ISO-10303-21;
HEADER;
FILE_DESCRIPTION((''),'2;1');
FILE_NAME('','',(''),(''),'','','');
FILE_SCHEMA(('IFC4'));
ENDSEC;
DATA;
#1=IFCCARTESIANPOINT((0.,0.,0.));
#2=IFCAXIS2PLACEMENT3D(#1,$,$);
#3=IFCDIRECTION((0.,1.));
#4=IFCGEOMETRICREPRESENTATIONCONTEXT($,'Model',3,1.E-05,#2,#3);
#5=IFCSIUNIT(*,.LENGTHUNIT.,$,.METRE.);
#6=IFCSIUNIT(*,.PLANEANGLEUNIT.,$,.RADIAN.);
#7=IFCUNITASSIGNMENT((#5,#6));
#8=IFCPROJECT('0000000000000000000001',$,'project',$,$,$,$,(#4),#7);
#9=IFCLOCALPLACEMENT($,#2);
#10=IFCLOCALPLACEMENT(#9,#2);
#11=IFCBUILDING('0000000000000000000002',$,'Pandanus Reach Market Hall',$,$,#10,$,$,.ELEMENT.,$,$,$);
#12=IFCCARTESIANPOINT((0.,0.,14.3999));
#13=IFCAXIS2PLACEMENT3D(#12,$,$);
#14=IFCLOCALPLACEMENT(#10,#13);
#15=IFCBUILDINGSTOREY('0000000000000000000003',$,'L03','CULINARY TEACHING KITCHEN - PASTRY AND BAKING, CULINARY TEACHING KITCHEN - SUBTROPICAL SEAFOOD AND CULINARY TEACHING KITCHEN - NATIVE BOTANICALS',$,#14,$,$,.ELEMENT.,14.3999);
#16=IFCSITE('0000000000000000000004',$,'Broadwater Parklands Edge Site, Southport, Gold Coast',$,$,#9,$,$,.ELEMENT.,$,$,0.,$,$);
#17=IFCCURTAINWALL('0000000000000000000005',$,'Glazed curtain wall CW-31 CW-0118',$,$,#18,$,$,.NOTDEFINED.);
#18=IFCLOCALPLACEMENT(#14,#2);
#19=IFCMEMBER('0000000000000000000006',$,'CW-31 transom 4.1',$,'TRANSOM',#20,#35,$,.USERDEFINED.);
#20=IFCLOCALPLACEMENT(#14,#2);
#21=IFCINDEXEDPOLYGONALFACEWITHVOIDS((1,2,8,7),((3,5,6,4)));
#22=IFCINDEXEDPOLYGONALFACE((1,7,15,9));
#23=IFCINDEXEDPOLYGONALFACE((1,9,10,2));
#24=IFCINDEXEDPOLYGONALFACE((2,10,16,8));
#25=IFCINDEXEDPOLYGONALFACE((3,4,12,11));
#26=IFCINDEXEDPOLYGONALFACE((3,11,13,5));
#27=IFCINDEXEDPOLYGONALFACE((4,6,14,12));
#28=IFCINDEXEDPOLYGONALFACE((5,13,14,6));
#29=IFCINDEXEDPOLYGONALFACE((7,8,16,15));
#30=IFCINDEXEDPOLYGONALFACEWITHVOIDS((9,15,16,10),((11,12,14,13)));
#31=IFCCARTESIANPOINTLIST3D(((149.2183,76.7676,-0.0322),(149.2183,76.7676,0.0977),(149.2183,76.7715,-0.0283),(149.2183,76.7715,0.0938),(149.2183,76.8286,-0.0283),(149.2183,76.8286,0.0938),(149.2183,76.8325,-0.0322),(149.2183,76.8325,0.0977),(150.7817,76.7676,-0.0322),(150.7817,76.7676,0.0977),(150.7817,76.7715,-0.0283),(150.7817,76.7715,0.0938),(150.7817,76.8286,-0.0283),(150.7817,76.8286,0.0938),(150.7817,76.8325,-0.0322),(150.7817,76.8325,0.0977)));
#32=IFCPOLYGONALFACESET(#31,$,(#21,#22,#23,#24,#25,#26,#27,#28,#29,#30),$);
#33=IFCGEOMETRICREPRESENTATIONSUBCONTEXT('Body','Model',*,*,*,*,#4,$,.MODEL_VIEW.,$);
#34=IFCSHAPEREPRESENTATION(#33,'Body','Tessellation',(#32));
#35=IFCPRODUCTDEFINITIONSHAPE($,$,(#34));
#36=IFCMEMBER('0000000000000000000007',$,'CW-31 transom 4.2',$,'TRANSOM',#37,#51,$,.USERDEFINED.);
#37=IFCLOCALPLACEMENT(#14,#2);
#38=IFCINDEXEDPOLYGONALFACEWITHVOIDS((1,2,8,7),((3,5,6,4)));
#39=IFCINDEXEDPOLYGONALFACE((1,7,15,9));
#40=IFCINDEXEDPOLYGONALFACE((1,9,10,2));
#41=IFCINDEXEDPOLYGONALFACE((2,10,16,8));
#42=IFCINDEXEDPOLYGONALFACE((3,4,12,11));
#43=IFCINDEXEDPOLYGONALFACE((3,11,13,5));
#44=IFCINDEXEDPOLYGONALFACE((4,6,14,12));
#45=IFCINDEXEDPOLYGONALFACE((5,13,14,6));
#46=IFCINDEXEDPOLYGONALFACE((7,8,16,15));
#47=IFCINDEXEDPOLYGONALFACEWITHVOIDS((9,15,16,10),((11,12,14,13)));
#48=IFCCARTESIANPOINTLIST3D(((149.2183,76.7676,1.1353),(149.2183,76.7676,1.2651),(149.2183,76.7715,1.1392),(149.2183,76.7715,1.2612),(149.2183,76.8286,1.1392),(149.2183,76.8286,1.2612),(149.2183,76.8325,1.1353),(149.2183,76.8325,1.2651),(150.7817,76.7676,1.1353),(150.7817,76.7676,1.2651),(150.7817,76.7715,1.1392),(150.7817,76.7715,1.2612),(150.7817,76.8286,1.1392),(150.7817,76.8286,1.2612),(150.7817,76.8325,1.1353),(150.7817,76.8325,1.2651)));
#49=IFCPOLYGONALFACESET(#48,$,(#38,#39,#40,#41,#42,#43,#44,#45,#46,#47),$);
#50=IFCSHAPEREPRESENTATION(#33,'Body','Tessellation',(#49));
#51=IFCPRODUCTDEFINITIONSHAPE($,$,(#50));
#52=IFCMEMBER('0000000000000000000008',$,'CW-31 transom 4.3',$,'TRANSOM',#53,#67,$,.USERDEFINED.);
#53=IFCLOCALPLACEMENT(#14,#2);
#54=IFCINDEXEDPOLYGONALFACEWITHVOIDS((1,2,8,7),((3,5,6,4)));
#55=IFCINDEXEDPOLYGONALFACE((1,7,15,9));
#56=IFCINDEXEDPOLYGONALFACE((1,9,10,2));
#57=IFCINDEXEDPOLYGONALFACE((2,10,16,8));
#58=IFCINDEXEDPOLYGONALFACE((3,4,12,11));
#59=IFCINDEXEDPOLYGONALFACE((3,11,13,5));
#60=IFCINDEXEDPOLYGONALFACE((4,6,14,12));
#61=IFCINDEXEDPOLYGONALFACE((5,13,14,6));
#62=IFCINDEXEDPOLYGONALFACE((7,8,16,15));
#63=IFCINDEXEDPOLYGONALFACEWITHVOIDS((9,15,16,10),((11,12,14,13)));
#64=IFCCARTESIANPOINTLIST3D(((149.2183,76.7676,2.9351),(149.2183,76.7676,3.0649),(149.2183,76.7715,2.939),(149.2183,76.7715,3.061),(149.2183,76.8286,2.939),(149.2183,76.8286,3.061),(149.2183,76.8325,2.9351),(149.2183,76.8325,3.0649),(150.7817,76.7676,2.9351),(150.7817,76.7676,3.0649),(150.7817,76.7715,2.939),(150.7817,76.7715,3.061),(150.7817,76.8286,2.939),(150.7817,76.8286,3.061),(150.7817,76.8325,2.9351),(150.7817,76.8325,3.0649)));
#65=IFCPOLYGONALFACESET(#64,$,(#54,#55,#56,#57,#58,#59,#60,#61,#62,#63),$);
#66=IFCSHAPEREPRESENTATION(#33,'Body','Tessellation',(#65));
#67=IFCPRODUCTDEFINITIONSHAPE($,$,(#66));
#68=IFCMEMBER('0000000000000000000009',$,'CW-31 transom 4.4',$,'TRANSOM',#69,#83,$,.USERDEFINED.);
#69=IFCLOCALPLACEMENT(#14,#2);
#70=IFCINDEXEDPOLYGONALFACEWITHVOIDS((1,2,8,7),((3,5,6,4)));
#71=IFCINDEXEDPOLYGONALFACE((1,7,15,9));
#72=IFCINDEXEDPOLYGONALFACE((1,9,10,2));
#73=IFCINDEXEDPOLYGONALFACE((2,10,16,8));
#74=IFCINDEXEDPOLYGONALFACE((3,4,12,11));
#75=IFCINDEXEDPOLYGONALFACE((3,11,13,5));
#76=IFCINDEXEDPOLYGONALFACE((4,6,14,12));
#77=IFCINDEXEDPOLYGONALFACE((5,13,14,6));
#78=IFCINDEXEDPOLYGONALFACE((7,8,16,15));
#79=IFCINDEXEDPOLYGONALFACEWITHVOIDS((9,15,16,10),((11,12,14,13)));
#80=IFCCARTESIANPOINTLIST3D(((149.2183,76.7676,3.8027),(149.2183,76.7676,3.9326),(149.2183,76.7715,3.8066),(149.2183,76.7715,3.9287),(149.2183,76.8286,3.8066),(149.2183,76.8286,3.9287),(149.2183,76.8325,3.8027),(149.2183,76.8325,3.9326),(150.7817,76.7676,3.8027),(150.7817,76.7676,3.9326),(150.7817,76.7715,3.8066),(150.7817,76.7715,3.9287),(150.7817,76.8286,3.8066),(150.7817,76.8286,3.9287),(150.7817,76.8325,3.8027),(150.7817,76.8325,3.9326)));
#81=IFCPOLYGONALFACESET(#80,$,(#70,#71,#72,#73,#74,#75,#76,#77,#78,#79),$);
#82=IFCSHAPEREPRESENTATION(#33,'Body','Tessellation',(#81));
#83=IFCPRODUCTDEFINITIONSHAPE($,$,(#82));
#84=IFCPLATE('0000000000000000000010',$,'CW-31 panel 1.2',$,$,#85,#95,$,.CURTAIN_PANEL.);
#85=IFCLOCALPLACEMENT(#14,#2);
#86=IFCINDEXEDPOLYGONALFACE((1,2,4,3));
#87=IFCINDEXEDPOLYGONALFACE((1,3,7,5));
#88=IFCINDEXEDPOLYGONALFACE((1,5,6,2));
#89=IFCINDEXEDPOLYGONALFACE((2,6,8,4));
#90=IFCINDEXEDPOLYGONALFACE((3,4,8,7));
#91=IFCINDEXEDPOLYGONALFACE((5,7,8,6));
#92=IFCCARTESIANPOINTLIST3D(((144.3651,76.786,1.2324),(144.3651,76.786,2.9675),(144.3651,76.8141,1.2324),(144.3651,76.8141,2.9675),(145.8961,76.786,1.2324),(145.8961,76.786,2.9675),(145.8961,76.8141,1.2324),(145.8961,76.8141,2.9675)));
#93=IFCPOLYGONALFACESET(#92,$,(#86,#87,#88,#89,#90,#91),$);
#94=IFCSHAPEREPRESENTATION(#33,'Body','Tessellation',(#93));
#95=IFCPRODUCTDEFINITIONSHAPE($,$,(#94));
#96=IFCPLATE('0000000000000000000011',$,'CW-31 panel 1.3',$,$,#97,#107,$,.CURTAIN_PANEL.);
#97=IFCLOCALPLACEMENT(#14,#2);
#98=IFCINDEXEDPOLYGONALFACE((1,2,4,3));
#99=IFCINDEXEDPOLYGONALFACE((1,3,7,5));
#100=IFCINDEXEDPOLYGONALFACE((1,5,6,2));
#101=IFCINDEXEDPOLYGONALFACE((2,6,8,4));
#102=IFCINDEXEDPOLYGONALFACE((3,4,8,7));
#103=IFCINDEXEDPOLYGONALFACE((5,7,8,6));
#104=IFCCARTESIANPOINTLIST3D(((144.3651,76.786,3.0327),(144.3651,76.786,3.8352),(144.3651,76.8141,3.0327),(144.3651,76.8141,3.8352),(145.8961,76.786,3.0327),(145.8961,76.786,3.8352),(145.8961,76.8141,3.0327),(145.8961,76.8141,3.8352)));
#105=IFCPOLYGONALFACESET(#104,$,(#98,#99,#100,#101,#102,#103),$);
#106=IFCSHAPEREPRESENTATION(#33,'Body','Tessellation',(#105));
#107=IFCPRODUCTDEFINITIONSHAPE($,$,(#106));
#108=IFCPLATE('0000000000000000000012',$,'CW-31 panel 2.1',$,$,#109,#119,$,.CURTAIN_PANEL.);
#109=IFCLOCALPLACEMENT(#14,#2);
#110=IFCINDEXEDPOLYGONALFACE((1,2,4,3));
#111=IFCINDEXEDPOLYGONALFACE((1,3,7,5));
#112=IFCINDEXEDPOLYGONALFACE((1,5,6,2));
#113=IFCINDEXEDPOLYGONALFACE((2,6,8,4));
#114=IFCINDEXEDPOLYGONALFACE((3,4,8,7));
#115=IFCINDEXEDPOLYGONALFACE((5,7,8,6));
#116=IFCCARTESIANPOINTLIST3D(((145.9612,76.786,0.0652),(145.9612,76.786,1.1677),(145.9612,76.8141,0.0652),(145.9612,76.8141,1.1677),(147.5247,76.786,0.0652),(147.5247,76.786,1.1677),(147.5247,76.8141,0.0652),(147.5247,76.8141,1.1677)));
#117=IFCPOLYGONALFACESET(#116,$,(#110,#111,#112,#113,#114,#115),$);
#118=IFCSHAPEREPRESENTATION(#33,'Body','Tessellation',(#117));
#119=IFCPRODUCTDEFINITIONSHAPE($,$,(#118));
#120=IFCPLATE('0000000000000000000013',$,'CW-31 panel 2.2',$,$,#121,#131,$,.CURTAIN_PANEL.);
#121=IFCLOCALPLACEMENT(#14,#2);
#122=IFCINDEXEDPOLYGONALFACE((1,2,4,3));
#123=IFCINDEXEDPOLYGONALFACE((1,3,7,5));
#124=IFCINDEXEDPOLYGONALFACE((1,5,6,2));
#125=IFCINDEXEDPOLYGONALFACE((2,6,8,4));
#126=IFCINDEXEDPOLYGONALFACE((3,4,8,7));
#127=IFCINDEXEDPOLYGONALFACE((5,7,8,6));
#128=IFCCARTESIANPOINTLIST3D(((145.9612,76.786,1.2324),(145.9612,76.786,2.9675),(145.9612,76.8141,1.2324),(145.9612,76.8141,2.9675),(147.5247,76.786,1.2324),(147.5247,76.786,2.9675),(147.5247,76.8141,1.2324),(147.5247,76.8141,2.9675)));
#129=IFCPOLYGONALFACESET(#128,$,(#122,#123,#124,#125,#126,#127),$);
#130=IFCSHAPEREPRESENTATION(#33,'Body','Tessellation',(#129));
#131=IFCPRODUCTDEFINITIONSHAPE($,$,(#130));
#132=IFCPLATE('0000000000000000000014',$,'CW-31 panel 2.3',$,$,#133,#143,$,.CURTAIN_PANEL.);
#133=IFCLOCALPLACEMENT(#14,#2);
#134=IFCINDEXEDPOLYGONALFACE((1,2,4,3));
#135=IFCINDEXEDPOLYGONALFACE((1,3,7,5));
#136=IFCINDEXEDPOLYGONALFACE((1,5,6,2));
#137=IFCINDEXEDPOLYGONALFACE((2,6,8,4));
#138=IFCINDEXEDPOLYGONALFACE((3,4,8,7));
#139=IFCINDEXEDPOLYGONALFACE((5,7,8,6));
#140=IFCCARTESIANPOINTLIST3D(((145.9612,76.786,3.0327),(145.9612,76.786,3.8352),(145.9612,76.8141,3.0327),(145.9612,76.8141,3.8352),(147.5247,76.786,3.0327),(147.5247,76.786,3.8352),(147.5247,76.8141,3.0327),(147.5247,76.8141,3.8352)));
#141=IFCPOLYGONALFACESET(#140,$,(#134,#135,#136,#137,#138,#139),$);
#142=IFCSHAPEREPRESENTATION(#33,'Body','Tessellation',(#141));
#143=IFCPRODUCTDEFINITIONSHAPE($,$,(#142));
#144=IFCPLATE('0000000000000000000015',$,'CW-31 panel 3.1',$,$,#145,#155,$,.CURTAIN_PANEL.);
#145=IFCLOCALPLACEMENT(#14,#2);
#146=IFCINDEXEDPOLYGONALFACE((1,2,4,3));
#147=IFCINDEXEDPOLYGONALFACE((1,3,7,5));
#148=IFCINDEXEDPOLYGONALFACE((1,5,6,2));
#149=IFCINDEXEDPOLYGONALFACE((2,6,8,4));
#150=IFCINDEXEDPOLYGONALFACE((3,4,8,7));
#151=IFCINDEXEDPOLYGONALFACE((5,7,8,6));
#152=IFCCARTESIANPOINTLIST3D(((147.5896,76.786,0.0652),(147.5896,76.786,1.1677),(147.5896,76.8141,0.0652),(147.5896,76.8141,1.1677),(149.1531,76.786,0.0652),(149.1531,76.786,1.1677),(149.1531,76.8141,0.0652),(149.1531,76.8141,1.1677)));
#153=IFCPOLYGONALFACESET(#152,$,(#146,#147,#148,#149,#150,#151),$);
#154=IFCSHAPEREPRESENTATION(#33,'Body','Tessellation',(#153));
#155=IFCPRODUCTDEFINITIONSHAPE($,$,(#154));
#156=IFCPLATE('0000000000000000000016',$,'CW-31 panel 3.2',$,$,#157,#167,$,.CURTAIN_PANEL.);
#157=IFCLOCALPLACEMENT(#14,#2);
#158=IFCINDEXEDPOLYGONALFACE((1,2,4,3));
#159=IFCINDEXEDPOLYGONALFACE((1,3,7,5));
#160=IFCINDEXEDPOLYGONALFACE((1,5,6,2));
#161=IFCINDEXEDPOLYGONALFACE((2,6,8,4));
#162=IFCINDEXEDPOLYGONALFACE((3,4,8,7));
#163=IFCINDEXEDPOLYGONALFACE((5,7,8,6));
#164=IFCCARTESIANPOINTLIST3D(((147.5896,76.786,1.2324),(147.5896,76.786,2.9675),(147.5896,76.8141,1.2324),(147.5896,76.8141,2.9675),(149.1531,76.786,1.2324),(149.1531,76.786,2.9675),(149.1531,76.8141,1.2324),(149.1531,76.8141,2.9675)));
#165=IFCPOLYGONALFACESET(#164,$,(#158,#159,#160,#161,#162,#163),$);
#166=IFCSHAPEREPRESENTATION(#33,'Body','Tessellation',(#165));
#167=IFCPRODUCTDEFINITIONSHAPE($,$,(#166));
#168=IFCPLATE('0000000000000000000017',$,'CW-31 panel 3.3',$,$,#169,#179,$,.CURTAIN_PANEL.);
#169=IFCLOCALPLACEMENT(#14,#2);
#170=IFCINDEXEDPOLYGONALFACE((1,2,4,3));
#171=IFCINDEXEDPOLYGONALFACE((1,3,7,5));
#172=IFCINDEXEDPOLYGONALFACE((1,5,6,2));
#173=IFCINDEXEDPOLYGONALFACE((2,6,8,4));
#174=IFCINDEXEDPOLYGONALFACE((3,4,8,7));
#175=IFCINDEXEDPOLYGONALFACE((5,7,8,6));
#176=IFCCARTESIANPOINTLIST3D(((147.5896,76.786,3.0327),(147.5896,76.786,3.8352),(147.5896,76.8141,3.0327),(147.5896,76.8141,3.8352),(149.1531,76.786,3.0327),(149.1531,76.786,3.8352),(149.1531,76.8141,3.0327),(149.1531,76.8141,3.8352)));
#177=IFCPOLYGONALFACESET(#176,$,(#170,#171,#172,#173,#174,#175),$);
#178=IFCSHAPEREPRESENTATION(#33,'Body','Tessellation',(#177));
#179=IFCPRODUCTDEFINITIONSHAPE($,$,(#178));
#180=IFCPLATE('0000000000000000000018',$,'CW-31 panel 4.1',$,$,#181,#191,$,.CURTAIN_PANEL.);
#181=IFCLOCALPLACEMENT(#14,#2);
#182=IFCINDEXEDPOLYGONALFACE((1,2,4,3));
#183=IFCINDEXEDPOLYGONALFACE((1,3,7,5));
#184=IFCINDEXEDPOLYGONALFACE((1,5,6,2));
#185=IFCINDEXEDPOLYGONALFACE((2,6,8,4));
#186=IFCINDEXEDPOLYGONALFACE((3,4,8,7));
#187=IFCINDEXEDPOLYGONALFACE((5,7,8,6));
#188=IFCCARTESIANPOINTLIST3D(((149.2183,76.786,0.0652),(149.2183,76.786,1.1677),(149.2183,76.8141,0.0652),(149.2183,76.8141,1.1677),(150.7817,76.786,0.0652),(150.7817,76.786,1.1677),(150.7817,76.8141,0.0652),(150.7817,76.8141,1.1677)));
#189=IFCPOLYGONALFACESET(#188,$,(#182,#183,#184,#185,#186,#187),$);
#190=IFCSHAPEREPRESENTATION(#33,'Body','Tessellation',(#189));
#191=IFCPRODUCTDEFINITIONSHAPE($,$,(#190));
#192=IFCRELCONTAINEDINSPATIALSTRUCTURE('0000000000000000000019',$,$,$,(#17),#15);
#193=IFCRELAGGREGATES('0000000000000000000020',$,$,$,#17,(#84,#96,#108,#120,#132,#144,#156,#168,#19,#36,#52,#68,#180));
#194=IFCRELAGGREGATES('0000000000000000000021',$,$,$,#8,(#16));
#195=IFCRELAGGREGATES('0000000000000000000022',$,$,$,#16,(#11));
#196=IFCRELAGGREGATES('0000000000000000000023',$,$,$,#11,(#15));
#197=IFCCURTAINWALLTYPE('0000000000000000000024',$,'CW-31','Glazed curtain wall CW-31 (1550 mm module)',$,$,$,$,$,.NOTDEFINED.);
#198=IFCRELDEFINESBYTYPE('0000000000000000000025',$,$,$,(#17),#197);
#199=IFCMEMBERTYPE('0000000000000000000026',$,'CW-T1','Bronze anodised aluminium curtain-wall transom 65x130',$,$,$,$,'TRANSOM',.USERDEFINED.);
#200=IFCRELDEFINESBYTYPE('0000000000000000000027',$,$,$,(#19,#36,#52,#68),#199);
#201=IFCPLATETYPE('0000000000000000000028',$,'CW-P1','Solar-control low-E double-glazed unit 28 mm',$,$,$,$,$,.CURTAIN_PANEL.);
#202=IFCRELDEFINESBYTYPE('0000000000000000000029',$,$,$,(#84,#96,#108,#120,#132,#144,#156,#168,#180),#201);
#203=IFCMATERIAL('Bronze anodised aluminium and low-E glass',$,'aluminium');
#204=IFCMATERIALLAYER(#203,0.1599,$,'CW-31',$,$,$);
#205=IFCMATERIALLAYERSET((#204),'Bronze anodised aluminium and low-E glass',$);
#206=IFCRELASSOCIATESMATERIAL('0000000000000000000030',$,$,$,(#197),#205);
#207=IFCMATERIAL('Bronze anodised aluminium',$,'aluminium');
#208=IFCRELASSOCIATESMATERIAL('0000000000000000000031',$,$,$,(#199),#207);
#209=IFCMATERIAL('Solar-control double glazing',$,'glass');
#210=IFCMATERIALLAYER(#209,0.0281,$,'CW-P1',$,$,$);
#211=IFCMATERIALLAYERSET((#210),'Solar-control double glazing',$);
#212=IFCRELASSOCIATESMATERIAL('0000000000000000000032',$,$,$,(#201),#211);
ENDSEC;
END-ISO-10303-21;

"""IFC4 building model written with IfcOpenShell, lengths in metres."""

from ifc_helpers import new_model, si_unit, direction, frame, origin, origin_2d, place, context, subcontext, project, spatial, rectangle, hollow_rectangle, extrude, material, layer, layer_set, material_profile, profile_set, type_object, element, aggregate, save


model = new_model("IFC4")

# Units and contexts
model_context = context("Model", 3, precision=1e-05, world=origin(), true_north=direction((0.0, 1.0)))
body_context = subcontext(model_context, "Body", "Model", "MODEL_VIEW")
ifc_project = project(units=[si_unit("LENGTHUNIT", "METRE"), si_unit("PLANEANGLEUNIT", "RADIAN")], contexts=[model_context])

# Site, building, storey
site_placement = place(None, origin())
site = spatial("IfcSite", under=ifc_project, at=site_placement, Name="Broadwater Parklands Edge Site, Southport, Gold Coast", CompositionType="ELEMENT", RefElevation=0.0)
building_placement = place(site_placement, origin())
building = spatial("IfcBuilding", under=site, at=building_placement, Name="Pandanus Reach Market Hall", CompositionType="ELEMENT")
storey_placement = place(building_placement, frame((0.0, 0.0, 14.3999)))
storey = spatial("IfcBuildingStorey", under=building, at=storey_placement, Name="L03", Description="CULINARY TEACHING KITCHEN - PASTRY AND BAKING, CULINARY TEACHING KITCHEN - SUBTROPICAL SEAFOOD AND CULINARY TEACHING KITCHEN - NATIVE BOTANICALS", CompositionType="ELEMENT", Elevation=14.3999)

# Curtain wall, members, plates
ifc_material_1 = material(Name="Bronze anodised aluminium and low-E glass", Category="aluminium")
ifc_layer_1 = layer(ifc_material_1, 0.1599, Name="CW-31")
ifc_layer_set_1 = layer_set([ifc_layer_1], Name="Bronze anodised aluminium and low-E glass")
curtain_wall_type = type_object("IfcCurtainWallType", Name="CW-31", Description="Glazed curtain wall CW-31 (1550 mm module)", PredefinedType="NOTDEFINED", material=ifc_layer_set_1)
curtain_wall_placement = place(storey_placement, origin())
curtain_wall = element("IfcCurtainWall", 1, at=curtain_wall_placement, inside=storey, type_object=curtain_wall_type, Name="Glazed curtain wall CW-31 CW-0118", PredefinedType="NOTDEFINED")
ifc_material_2 = material(Name="Bronze anodised aluminium", Category="aluminium")
ifc_material_profile_1 = material_profile(ifc_material_2, hollow_rectangle(XDim=0.0649, YDim=0.1299, WallThickness=0.0039, at=origin_2d()), Name="ALU65x130", Category="LoadBearing")
ifc_profile_set_1 = profile_set([ifc_material_profile_1], Name="Bronze anodised aluminium")
member_type_1 = type_object("IfcMemberType", Name="CW-T1", Description="Bronze anodised aluminium curtain-wall transom 65x130", ElementType="TRANSOM", PredefinedType="USERDEFINED", material=ifc_profile_set_1)
member_1_placement = place(storey_placement, frame((149.2183, 76.8, 0.0327), z_axis=(1.0, 0.0, 0.0), x_axis=(0.0, 1.0, 0.0)))
member_1 = element("IfcMember", 2, at=member_1_placement, type_object=member_type_1, Name="CW-31 transom 4.1", ObjectType="TRANSOM", PredefinedType="USERDEFINED", context=body_context, shape_type="SweptSolid", body=[
    extrude(hollow_rectangle(XDim=0.0649, YDim=0.1299, WallThickness=0.0039, at=origin_2d()), origin(), (0.0, 0.0, 1.0), 1.5635),
])
member_2_placement = place(storey_placement, frame((149.2183, 76.8, 1.2002), z_axis=(1.0, 0.0, 0.0), x_axis=(0.0, 1.0, 0.0)))
member_2 = element("IfcMember", 3, at=member_2_placement, type_object=member_type_1, Name="CW-31 transom 4.2", ObjectType="TRANSOM", PredefinedType="USERDEFINED", context=body_context, shape_type="SweptSolid", body=[
    extrude(hollow_rectangle(XDim=0.0649, YDim=0.1299, WallThickness=0.0039, at=origin_2d()), origin(), (0.0, 0.0, 1.0), 1.5635),
])
member_3_placement = place(storey_placement, frame((149.2183, 76.8, 3.0), z_axis=(1.0, 0.0, 0.0), x_axis=(0.0, 1.0, 0.0)))
member_3 = element("IfcMember", 4, at=member_3_placement, type_object=member_type_1, Name="CW-31 transom 4.3", ObjectType="TRANSOM", PredefinedType="USERDEFINED", context=body_context, shape_type="SweptSolid", body=[
    extrude(hollow_rectangle(XDim=0.0649, YDim=0.1299, WallThickness=0.0039, at=origin_2d()), origin(), (0.0, 0.0, 1.0), 1.5635),
])
member_4_placement = place(storey_placement, frame((149.2183, 76.8, 3.8677), z_axis=(1.0, 0.0, 0.0), x_axis=(0.0, 1.0, 0.0)))
member_4 = element("IfcMember", 5, at=member_4_placement, type_object=member_type_1, Name="CW-31 transom 4.4", ObjectType="TRANSOM", PredefinedType="USERDEFINED", context=body_context, shape_type="SweptSolid", body=[
    extrude(hollow_rectangle(XDim=0.0649, YDim=0.1299, WallThickness=0.0039, at=origin_2d()), origin(), (0.0, 0.0, 1.0), 1.5635),
])
ifc_material_3 = material(Name="Solar-control double glazing", Category="glass")
ifc_layer_2 = layer(ifc_material_3, 0.0281, Name="CW-P1")
ifc_layer_set_2 = layer_set([ifc_layer_2], Name="Solar-control double glazing")
plate_type = type_object("IfcPlateType", Name="CW-P1", Description="Solar-control low-E double-glazed unit 28 mm", PredefinedType="CURTAIN_PANEL", material=ifc_layer_set_2)
plate_1_placement = place(storey_placement, frame((145.1306, 76.8, 1.2324), z_axis=(0.0, 0.0, 1.0), x_axis=(1.0, 0.0, 0.0)))
plate_1 = element("IfcPlate", 6, at=plate_1_placement, type_object=plate_type, Name="CW-31 panel 1.2", PredefinedType="CURTAIN_PANEL", context=body_context, shape_type="SweptSolid", body=[
    extrude(rectangle(XDim=1.531, YDim=0.0281, at=origin_2d()), origin(), (0.0, 0.0, 1.0), 1.7351),
])
plate_2_placement = place(storey_placement, frame((145.1306, 76.8, 3.0327), z_axis=(0.0, 0.0, 1.0), x_axis=(1.0, 0.0, 0.0)))
plate_2 = element("IfcPlate", 7, at=plate_2_placement, type_object=plate_type, Name="CW-31 panel 1.3", PredefinedType="CURTAIN_PANEL", context=body_context, shape_type="SweptSolid", body=[
    extrude(rectangle(XDim=1.531, YDim=0.0281, at=origin_2d()), origin(), (0.0, 0.0, 1.0), 0.8025),
])
plate_3_placement = place(storey_placement, frame((146.7429, 76.8, 0.0652), z_axis=(0.0, 0.0, 1.0), x_axis=(1.0, 0.0, 0.0)))
plate_3 = element("IfcPlate", 8, at=plate_3_placement, type_object=plate_type, Name="CW-31 panel 2.1", PredefinedType="CURTAIN_PANEL", context=body_context, shape_type="SweptSolid", body=[
    extrude(rectangle(XDim=1.5635, YDim=0.0281, at=origin_2d()), origin(), (0.0, 0.0, 1.0), 1.1025),
])
plate_4_placement = place(storey_placement, frame((146.7429, 76.8, 1.2324), z_axis=(0.0, 0.0, 1.0), x_axis=(1.0, 0.0, 0.0)))
plate_4 = element("IfcPlate", 9, at=plate_4_placement, type_object=plate_type, Name="CW-31 panel 2.2", PredefinedType="CURTAIN_PANEL", context=body_context, shape_type="SweptSolid", body=[
    extrude(rectangle(XDim=1.5635, YDim=0.0281, at=origin_2d()), origin(), (0.0, 0.0, 1.0), 1.7351),
])
plate_5_placement = place(storey_placement, frame((146.7429, 76.8, 3.0327), z_axis=(0.0, 0.0, 1.0), x_axis=(1.0, 0.0, 0.0)))
plate_5 = element("IfcPlate", 10, at=plate_5_placement, type_object=plate_type, Name="CW-31 panel 2.3", PredefinedType="CURTAIN_PANEL", context=body_context, shape_type="SweptSolid", body=[
    extrude(rectangle(XDim=1.5635, YDim=0.0281, at=origin_2d()), origin(), (0.0, 0.0, 1.0), 0.8025),
])
plate_6_placement = place(storey_placement, frame((148.3713, 76.8, 0.0652), z_axis=(0.0, 0.0, 1.0), x_axis=(1.0, 0.0, 0.0)))
plate_6 = element("IfcPlate", 11, at=plate_6_placement, type_object=plate_type, Name="CW-31 panel 3.1", PredefinedType="CURTAIN_PANEL", context=body_context, shape_type="SweptSolid", body=[
    extrude(rectangle(XDim=1.5635, YDim=0.0281, at=origin_2d()), origin(), (0.0, 0.0, 1.0), 1.1025),
])
plate_7_placement = place(storey_placement, frame((148.3713, 76.8, 1.2324), z_axis=(0.0, 0.0, 1.0), x_axis=(1.0, 0.0, 0.0)))
plate_7 = element("IfcPlate", 12, at=plate_7_placement, type_object=plate_type, Name="CW-31 panel 3.2", PredefinedType="CURTAIN_PANEL", context=body_context, shape_type="SweptSolid", body=[
    extrude(rectangle(XDim=1.5635, YDim=0.0281, at=origin_2d()), origin(), (0.0, 0.0, 1.0), 1.7351),
])
plate_8_placement = place(storey_placement, frame((148.3713, 76.8, 3.0327), z_axis=(0.0, 0.0, 1.0), x_axis=(1.0, 0.0, 0.0)))
plate_8 = element("IfcPlate", 13, at=plate_8_placement, type_object=plate_type, Name="CW-31 panel 3.3", PredefinedType="CURTAIN_PANEL", context=body_context, shape_type="SweptSolid", body=[
    extrude(rectangle(XDim=1.5635, YDim=0.0281, at=origin_2d()), origin(), (0.0, 0.0, 1.0), 0.8025),
])
plate_9_placement = place(storey_placement, frame((150.0, 76.8, 0.0652), z_axis=(0.0, 0.0, 1.0), x_axis=(1.0, 0.0, 0.0)))
plate_9 = element("IfcPlate", 14, at=plate_9_placement, type_object=plate_type, Name="CW-31 panel 4.1", PredefinedType="CURTAIN_PANEL", context=body_context, shape_type="SweptSolid", body=[
    extrude(rectangle(XDim=1.5635, YDim=0.0281, at=origin_2d()), origin(), (0.0, 0.0, 1.0), 1.1025),
])
aggregate(curtain_wall, [plate_1, plate_2, plate_3, plate_4, plate_5, plate_6, plate_7, plate_8, member_1, member_2, member_3, member_4, plate_9])

save(model, "model.ifc")
